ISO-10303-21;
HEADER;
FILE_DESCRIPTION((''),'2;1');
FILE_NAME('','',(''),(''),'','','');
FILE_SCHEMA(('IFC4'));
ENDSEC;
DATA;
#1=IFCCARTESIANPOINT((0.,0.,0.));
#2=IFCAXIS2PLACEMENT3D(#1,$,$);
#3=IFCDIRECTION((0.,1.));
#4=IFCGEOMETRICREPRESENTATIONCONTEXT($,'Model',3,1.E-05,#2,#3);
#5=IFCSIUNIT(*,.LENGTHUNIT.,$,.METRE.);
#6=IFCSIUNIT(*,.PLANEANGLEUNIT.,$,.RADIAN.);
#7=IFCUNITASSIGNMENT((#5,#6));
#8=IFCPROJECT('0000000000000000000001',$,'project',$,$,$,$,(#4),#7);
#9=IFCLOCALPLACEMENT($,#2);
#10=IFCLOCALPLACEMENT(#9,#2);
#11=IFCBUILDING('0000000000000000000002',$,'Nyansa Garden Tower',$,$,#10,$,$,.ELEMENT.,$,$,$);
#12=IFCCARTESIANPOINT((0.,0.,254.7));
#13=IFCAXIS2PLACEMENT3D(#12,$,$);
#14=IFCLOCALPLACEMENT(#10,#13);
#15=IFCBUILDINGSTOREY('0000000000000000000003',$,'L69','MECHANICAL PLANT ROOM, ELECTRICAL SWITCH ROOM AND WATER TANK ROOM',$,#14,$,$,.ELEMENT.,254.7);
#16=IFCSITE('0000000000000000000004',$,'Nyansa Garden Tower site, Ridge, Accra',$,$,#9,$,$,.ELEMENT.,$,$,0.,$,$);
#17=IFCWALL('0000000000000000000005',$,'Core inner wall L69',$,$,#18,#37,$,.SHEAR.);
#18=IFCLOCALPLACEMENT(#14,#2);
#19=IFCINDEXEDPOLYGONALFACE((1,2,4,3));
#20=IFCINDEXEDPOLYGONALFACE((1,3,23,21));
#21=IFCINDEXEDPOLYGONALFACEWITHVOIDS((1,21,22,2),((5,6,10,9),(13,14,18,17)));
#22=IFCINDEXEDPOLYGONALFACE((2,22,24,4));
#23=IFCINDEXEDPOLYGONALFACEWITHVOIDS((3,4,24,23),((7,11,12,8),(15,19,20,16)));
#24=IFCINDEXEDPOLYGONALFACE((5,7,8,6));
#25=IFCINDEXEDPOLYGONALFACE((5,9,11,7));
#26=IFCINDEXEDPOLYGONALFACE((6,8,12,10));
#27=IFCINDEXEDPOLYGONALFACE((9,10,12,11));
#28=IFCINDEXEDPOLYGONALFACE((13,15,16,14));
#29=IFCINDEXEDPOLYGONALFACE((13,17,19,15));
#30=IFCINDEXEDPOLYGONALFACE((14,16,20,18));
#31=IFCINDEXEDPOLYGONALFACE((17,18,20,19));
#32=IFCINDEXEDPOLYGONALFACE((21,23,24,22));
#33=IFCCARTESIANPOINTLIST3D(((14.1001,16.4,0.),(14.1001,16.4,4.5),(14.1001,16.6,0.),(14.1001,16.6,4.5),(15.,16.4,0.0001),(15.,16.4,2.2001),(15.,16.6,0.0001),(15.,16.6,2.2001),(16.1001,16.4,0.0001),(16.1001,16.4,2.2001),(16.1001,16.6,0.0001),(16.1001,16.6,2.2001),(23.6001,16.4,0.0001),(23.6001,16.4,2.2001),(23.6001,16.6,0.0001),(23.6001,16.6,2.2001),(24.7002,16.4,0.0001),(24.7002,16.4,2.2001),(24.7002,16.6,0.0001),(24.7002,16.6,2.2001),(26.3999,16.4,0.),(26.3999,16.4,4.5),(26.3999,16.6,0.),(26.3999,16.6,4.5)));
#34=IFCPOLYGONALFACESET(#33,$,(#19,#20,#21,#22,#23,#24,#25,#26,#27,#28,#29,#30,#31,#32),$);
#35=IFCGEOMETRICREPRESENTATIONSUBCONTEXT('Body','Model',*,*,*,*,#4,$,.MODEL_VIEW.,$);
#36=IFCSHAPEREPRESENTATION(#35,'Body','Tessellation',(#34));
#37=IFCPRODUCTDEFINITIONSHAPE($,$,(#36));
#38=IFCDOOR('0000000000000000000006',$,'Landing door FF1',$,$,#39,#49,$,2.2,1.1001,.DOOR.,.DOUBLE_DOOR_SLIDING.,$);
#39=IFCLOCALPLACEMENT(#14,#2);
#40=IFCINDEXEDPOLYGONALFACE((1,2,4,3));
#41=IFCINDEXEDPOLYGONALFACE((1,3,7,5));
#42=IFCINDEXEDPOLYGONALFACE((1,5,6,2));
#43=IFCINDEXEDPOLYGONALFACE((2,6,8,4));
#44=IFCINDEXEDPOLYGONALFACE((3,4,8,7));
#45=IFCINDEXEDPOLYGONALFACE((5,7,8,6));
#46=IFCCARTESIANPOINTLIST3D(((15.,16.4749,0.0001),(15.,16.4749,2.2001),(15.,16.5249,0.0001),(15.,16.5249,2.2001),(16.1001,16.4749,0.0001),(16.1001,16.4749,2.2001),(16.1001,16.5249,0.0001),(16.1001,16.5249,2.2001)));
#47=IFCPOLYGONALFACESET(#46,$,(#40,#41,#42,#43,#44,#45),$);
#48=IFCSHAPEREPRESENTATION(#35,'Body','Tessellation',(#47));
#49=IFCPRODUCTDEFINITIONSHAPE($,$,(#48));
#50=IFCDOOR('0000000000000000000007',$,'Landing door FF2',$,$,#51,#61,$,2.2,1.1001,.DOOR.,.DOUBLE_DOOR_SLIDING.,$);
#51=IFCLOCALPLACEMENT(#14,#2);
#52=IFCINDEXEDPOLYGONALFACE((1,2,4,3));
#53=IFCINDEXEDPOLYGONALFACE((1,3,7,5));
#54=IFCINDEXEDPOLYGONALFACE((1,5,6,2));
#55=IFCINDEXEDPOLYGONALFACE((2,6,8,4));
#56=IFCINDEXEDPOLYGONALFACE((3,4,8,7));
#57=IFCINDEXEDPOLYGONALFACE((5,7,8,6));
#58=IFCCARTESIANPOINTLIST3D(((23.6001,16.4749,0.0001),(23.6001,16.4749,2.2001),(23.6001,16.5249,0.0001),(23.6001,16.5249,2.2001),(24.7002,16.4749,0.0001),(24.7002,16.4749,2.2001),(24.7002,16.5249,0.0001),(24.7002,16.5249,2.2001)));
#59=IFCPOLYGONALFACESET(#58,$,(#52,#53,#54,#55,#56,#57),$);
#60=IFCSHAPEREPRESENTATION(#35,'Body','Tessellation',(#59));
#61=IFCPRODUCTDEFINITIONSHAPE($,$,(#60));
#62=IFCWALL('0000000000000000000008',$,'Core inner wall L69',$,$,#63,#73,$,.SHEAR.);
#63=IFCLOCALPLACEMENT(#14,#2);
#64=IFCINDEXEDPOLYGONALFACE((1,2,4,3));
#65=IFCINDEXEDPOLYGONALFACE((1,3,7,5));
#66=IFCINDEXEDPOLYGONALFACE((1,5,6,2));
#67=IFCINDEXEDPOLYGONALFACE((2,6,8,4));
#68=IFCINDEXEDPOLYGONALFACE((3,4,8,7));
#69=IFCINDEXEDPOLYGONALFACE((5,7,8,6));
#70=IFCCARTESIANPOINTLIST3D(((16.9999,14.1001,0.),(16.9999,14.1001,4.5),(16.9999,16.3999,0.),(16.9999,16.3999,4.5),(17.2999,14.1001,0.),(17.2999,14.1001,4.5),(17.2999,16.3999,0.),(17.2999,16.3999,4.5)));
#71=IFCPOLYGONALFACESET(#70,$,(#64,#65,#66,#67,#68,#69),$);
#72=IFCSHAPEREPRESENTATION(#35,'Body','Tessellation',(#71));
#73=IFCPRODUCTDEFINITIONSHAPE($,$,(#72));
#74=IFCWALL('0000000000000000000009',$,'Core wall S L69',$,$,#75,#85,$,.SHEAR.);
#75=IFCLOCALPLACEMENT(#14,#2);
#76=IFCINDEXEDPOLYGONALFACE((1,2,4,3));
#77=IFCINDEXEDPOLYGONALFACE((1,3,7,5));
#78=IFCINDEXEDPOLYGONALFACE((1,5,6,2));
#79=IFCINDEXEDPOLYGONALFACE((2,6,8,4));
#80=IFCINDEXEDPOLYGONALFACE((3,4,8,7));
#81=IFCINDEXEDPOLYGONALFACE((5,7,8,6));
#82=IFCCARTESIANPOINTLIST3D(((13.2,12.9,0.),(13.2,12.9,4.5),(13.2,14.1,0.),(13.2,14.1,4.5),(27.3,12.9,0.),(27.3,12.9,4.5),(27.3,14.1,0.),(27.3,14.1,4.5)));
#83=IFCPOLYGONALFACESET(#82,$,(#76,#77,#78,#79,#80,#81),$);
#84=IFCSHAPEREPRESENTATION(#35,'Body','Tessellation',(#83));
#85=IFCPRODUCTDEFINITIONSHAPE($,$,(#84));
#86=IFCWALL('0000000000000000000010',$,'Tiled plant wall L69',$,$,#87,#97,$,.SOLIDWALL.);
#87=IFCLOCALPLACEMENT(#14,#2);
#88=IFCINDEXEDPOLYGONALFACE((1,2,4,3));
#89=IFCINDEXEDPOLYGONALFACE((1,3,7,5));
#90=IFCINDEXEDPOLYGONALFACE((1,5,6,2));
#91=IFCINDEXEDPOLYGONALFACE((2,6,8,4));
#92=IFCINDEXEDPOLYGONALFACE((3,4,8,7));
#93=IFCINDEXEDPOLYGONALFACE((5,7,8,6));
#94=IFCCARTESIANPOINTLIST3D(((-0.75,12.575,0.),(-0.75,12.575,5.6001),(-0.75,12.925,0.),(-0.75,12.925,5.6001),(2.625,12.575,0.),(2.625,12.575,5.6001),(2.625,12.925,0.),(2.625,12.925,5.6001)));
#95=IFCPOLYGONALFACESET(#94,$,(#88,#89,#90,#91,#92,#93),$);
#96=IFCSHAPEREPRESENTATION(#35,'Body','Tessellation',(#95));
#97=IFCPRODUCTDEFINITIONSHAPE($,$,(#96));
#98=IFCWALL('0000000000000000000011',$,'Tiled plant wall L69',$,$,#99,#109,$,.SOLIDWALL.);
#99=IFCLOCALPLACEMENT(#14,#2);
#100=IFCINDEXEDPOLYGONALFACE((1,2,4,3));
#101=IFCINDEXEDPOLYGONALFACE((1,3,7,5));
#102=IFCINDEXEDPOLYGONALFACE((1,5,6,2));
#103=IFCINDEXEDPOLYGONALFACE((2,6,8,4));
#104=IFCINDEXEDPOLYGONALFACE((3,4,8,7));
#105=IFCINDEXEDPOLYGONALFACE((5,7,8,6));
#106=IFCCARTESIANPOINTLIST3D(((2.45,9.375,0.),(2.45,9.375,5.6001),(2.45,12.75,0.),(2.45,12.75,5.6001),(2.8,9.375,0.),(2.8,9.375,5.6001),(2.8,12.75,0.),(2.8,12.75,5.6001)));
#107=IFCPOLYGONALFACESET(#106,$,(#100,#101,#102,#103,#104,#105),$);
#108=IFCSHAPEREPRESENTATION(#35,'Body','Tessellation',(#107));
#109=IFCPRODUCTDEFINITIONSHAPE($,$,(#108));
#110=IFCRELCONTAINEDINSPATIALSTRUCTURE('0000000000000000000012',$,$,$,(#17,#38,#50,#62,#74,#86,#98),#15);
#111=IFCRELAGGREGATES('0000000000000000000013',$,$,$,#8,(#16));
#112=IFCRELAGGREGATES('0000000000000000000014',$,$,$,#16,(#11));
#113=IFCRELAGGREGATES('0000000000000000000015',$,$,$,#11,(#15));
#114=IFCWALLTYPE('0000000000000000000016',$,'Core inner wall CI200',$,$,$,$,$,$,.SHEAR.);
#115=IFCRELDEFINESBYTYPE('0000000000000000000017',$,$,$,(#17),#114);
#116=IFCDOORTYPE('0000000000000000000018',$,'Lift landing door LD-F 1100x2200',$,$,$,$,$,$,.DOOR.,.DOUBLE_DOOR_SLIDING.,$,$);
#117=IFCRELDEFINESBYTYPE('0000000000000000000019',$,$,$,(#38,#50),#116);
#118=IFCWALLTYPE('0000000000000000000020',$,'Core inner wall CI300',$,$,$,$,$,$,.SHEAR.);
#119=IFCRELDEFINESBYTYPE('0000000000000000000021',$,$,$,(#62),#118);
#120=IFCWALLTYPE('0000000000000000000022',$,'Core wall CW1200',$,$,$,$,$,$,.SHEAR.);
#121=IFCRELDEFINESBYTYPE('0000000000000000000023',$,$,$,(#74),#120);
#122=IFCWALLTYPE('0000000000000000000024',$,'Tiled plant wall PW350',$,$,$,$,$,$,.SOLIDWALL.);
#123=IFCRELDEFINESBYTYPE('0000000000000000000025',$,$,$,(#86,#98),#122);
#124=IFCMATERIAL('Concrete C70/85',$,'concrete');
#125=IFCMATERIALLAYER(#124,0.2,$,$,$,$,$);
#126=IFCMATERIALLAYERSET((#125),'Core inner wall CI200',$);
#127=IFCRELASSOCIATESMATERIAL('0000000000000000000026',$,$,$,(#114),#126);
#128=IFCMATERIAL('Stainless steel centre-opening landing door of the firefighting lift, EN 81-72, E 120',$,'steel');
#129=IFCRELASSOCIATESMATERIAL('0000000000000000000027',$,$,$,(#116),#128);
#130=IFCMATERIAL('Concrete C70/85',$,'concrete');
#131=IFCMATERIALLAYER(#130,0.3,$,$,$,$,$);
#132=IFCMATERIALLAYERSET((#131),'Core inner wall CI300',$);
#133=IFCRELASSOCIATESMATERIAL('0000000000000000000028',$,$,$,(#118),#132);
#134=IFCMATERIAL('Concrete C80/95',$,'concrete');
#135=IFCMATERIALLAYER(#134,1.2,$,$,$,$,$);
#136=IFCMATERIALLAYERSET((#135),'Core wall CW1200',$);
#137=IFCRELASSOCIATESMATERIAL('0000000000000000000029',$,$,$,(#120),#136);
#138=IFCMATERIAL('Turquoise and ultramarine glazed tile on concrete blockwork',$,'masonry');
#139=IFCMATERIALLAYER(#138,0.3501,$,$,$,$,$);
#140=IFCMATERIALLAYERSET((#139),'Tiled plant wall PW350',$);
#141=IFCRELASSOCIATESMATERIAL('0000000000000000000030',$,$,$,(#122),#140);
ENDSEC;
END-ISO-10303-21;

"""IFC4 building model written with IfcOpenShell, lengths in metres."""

from ifc_helpers import new_model, si_unit, direction, frame, frame_2d, origin, place, context, subcontext, project, spatial, rectangle, extrude, material, layer, layer_set, type_object, element, fill, save


model = new_model("IFC4")

# Units and contexts
model_context = context("Model", 3, precision=1e-05, world=origin(), true_north=direction((0.0, 1.0)))
body_context = subcontext(model_context, "Body", "Model", "MODEL_VIEW")
ifc_project = project(units=[si_unit("LENGTHUNIT", "METRE"), si_unit("PLANEANGLEUNIT", "RADIAN")], contexts=[model_context])

# Site, building, storey
site_placement = place(None, origin())
site = spatial("IfcSite", under=ifc_project, at=site_placement, Name="Nyansa Garden Tower site, Ridge, Accra", CompositionType="ELEMENT", RefElevation=0.0)
building_placement = place(site_placement, origin())
building = spatial("IfcBuilding", under=site, at=building_placement, Name="Nyansa Garden Tower", CompositionType="ELEMENT")
storey_placement = place(building_placement, frame((0.0, 0.0, 254.7)))
storey = spatial("IfcBuildingStorey", under=building, at=storey_placement, Name="L69", Description="MECHANICAL PLANT ROOM, ELECTRICAL SWITCH ROOM AND WATER TANK ROOM", CompositionType="ELEMENT", Elevation=254.7)

# Wall, openings, doors
ifc_material_1 = material(Name="Concrete C70/85", Category="concrete")
ifc_layer_1 = layer(ifc_material_1, 0.2)
ifc_layer_set_1 = layer_set([ifc_layer_1], Name="Core inner wall CI200")
wall_type_1 = type_object("IfcWallType", Name="Core inner wall CI200", PredefinedType="SHEAR", material=ifc_layer_set_1)
wall_1_placement = place(storey_placement, frame((14.1001, 16.5, 0.0), z_axis=(0.0, 0.0, 1.0), x_axis=(1.0, 0.0, 0.0)))
wall_1 = element("IfcWall", 1, at=wall_1_placement, inside=storey, type_object=wall_type_1, Name="Core inner wall L69", PredefinedType="SHEAR", context=body_context, shape_type="SweptSolid", body=[
    extrude(rectangle(XDim=12.2998, YDim=0.2, at=frame_2d((6.1499, 0.0))), origin(), (0.0, 0.0, 1.0), 4.5),
])
opening_1_placement = place(wall_1_placement, frame((0.8999, 0.0, 0.0)))
opening_1 = element("IfcOpeningElement", 2, at=opening_1_placement, cuts=wall_1, PredefinedType="OPENING", context=body_context, shape_type="SweptSolid", body=[
    extrude(rectangle(XDim=1.1001, YDim=2.2, at=frame_2d((0.55, 1.1001))), frame((0.0, 0.1099, 0.0), z_axis=(0.0, -1.0, 0.0), x_axis=(1.0, 0.0, 0.0)), (0.0, 0.0, 1.0), 0.22),
])
opening_2_placement = place(wall_1_placement, frame((9.5, 0.0, 0.0)))
opening_2 = element("IfcOpeningElement", 3, at=opening_2_placement, cuts=wall_1, PredefinedType="OPENING", context=body_context, shape_type="SweptSolid", body=[
    extrude(rectangle(XDim=1.1001, YDim=2.2, at=frame_2d((0.55, 1.1001))), frame((0.0, 0.1099, 0.0), z_axis=(0.0, -1.0, 0.0), x_axis=(1.0, 0.0, 0.0)), (0.0, 0.0, 1.0), 0.22),
])
ifc_material_2 = material(Name="Stainless steel centre-opening landing door of the firefighting lift, EN 81-72, E 120", Category="steel")
door_type = type_object("IfcDoorType", Name="Lift landing door LD-F 1100x2200", OperationType="DOUBLE_DOOR_SLIDING", PredefinedType="DOOR", material=ifc_material_2)
door_1_placement = place(opening_1_placement, origin())
door_1 = element("IfcDoor", 4, at=door_1_placement, inside=storey, type_object=door_type, Name="Landing door FF1", OperationType="DOUBLE_DOOR_SLIDING", OverallHeight=2.2, OverallWidth=1.1001, PredefinedType="DOOR", context=body_context, shape_type="SweptSolid", body=[
    extrude(rectangle(XDim=1.1001, YDim=2.2, at=frame_2d((0.55, 1.1001))), frame((0.0, 0.0249, 0.0), z_axis=(0.0, -1.0, 0.0), x_axis=(1.0, 0.0, 0.0)), (0.0, 0.0, 1.0), 0.05),
])
fill(opening_1, door_1)
door_2_placement = place(opening_2_placement, origin())
door_2 = element("IfcDoor", 5, at=door_2_placement, inside=storey, type_object=door_type, Name="Landing door FF2", OperationType="DOUBLE_DOOR_SLIDING", OverallHeight=2.2, OverallWidth=1.1001, PredefinedType="DOOR", context=body_context, shape_type="SweptSolid", body=[
    extrude(rectangle(XDim=1.1001, YDim=2.2, at=frame_2d((0.55, 1.1001))), frame((0.0, 0.0249, 0.0), z_axis=(0.0, -1.0, 0.0), x_axis=(1.0, 0.0, 0.0)), (0.0, 0.0, 1.0), 0.05),
])
fill(opening_2, door_2)

# Walls
ifc_material_3 = material(Name="Concrete C70/85", Category="concrete")
ifc_layer_2 = layer(ifc_material_3, 0.3)
ifc_layer_set_2 = layer_set([ifc_layer_2], Name="Core inner wall CI300")
wall_type_2 = type_object("IfcWallType", Name="Core inner wall CI300", PredefinedType="SHEAR", material=ifc_layer_set_2)
wall_2_placement = place(storey_placement, frame((17.1499, 14.1001, 0.0), z_axis=(0.0, 0.0, 1.0), x_axis=(0.0, 1.0, 0.0)))
element("IfcWall", 6, at=wall_2_placement, inside=storey, type_object=wall_type_2, Name="Core inner wall L69", PredefinedType="SHEAR", context=body_context, shape_type="SweptSolid", body=[
    extrude(rectangle(XDim=2.2998, YDim=0.3, at=frame_2d((1.1499, 0.0))), origin(), (0.0, 0.0, 1.0), 4.5),
])
ifc_material_4 = material(Name="Concrete C80/95", Category="concrete")
ifc_layer_3 = layer(ifc_material_4, 1.2)
ifc_layer_set_3 = layer_set([ifc_layer_3], Name="Core wall CW1200")
wall_type_3 = type_object("IfcWallType", Name="Core wall CW1200", PredefinedType="SHEAR", material=ifc_layer_set_3)
wall_3_placement = place(storey_placement, frame((13.2, 13.5, 0.0), z_axis=(0.0, 0.0, 1.0), x_axis=(1.0, 0.0, 0.0)))
element("IfcWall", 7, at=wall_3_placement, inside=storey, type_object=wall_type_3, Name="Core wall S L69", PredefinedType="SHEAR", context=body_context, shape_type="SweptSolid", body=[
    extrude(rectangle(XDim=14.1001, YDim=1.2, at=frame_2d((7.05, 0.0))), origin(), (0.0, 0.0, 1.0), 4.5),
])
ifc_material_5 = material(Name="Turquoise and ultramarine glazed tile on concrete blockwork", Category="masonry")
ifc_layer_4 = layer(ifc_material_5, 0.3501)
ifc_layer_set_4 = layer_set([ifc_layer_4], Name="Tiled plant wall PW350")
wall_type_4 = type_object("IfcWallType", Name="Tiled plant wall PW350", PredefinedType="SOLIDWALL", material=ifc_layer_set_4)
for number, where, z_axis, x_axis, name in (
    (8, (-0.75, 12.75, 0.0), (0.0, 0.0, 1.0), (1.0, 0.0, 0.0), "Tiled plant wall L69"),
    (9, (2.625, 12.75, 0.0), (0.0, 0.0, 1.0), (0.0, -1.0, 0.0), "Tiled plant wall L69"),
):
    element("IfcWall", number, at=place(storey_placement, frame(where, z_axis=z_axis, x_axis=x_axis)), inside=storey, type_object=wall_type_4, Name=name, PredefinedType="SOLIDWALL", context=body_context, shape_type="SweptSolid", body=[
        extrude(rectangle(XDim=3.375, YDim=0.3501, at=frame_2d((1.6875, 0.0))), origin(), (0.0, 0.0, 1.0), 5.6001),
    ])

save(model, "model.ifc")
